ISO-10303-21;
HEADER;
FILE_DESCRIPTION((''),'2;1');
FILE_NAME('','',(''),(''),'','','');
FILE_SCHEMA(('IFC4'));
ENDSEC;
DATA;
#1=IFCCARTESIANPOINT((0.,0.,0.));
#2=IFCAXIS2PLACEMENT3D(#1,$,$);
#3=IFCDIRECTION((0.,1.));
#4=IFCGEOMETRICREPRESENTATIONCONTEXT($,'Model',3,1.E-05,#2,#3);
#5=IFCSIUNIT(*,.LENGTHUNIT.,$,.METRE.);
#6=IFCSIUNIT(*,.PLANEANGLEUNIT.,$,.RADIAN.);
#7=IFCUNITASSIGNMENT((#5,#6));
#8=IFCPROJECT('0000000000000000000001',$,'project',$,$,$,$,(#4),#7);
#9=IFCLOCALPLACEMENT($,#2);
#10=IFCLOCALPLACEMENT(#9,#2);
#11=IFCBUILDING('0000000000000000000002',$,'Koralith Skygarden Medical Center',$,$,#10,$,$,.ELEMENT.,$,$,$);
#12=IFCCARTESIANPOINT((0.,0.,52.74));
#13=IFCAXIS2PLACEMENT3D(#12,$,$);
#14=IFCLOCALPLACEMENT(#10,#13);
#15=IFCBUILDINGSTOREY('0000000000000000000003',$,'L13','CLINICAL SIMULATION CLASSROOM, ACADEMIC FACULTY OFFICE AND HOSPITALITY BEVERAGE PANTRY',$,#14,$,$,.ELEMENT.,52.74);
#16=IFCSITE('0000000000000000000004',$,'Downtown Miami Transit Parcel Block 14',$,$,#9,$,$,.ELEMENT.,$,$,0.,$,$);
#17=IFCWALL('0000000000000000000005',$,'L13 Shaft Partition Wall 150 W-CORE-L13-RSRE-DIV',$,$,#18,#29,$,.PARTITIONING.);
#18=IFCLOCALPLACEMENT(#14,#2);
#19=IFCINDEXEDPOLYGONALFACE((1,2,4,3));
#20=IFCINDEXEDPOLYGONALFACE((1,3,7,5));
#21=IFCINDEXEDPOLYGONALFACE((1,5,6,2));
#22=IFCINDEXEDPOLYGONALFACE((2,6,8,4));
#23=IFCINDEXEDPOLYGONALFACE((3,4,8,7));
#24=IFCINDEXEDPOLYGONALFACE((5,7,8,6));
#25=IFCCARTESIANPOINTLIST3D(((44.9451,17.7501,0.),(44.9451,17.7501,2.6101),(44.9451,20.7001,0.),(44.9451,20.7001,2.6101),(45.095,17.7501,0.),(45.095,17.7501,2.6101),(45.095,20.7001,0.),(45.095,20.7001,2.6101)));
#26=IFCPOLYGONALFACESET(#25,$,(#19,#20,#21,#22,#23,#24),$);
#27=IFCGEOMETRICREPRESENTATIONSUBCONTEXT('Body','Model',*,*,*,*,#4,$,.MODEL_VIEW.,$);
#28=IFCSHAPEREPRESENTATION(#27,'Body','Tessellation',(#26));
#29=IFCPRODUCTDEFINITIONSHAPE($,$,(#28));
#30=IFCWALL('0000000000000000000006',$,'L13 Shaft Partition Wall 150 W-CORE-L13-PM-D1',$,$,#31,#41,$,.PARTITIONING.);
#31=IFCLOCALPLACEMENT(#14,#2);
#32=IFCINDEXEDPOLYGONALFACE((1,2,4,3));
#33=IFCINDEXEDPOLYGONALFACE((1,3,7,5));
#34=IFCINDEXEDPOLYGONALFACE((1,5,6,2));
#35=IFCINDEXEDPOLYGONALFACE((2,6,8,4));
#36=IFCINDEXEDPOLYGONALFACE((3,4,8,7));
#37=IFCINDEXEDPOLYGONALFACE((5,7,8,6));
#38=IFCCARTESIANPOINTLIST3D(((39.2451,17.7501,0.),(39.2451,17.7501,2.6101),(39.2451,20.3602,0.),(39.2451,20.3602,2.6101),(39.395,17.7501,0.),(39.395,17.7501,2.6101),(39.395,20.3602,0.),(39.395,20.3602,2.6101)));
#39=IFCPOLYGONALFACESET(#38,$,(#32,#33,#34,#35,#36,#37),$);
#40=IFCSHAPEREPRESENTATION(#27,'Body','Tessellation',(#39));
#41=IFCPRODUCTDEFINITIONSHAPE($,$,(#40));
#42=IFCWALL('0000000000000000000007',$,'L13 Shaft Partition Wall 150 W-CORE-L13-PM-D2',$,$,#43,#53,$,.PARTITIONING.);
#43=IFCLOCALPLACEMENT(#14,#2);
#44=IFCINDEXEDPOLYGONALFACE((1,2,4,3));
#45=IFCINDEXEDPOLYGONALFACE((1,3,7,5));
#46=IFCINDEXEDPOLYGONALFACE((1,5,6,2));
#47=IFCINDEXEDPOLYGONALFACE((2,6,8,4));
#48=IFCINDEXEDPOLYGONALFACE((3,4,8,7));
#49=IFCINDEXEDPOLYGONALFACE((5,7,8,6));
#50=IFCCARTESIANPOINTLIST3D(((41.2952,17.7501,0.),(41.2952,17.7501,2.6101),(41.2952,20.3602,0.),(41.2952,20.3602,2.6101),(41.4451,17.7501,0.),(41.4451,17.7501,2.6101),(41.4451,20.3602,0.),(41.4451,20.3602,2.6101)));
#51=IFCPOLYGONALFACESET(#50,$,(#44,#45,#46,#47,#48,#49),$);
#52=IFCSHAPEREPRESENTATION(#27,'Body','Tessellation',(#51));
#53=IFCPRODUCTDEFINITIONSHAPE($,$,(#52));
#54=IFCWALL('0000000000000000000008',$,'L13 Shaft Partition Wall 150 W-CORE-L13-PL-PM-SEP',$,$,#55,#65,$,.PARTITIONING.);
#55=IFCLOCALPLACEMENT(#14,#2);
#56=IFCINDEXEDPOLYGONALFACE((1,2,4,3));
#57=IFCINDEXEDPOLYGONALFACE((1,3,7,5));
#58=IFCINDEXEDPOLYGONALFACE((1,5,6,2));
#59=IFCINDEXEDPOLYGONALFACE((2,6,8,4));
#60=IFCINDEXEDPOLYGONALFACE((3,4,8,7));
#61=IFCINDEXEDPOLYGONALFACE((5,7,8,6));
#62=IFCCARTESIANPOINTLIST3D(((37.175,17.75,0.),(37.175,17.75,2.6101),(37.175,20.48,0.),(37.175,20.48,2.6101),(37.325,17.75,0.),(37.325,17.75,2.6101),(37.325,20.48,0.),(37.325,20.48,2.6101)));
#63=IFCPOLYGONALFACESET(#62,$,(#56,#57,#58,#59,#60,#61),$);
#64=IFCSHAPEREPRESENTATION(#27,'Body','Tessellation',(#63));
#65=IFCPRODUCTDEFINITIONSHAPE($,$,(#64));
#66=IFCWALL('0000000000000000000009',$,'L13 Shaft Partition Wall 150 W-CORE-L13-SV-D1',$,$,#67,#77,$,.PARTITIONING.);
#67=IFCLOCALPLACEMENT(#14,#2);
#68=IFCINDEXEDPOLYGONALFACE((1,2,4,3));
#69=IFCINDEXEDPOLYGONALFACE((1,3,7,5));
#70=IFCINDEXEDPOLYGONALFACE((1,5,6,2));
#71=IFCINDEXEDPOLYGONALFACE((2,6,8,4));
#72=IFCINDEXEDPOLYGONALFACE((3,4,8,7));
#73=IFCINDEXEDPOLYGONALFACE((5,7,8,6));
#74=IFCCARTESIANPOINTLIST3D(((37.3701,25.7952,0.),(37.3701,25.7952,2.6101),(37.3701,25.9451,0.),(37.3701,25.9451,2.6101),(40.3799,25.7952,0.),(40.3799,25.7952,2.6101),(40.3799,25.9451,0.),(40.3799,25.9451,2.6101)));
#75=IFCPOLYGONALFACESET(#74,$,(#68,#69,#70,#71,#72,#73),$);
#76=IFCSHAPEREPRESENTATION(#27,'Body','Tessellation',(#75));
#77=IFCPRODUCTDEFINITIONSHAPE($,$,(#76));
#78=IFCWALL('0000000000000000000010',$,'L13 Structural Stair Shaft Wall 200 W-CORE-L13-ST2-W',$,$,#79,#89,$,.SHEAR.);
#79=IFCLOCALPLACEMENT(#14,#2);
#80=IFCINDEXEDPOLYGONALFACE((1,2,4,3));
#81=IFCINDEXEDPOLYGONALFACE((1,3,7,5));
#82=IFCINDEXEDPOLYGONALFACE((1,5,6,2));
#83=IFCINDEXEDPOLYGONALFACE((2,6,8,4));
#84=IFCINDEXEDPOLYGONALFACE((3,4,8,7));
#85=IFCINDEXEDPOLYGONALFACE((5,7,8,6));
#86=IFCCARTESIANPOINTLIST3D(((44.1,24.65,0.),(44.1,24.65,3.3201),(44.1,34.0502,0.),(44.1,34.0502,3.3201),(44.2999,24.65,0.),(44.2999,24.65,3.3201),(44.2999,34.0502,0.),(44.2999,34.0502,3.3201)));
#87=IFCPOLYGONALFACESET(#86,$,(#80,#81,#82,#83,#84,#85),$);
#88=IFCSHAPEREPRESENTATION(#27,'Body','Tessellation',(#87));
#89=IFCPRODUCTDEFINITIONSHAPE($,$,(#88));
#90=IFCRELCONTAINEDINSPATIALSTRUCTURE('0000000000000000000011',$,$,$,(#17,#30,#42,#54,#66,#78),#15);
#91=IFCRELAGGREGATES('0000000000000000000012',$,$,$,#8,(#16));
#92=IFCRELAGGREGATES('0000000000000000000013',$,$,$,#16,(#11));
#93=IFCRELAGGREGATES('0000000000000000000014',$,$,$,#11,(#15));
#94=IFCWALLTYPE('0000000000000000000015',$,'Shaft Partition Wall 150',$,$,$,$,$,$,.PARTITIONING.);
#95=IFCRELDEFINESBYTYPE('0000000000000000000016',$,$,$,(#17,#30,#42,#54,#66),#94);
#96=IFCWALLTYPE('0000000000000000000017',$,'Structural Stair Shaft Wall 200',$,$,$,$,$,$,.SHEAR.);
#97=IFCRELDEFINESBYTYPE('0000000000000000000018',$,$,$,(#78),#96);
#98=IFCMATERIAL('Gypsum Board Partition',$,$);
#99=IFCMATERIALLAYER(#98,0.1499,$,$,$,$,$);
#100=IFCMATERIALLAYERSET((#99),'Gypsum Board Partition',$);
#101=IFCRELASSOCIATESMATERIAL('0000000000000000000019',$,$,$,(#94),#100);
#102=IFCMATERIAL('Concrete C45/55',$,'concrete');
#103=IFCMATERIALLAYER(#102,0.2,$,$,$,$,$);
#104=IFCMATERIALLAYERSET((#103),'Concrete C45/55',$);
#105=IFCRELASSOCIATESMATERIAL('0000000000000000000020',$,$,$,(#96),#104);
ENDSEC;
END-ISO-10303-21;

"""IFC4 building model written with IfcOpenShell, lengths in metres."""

from ifc_helpers import new_model, si_unit, direction, frame, frame_2d, origin, place, context, subcontext, project, spatial, rectangle, extrude, material, layer, layer_set, type_object, element, save


model = new_model("IFC4")

# Units and contexts
model_context = context("Model", 3, precision=1e-05, world=origin(), true_north=direction((0.0, 1.0)))
body_context = subcontext(model_context, "Body", "Model", "MODEL_VIEW")
ifc_project = project(units=[si_unit("LENGTHUNIT", "METRE"), si_unit("PLANEANGLEUNIT", "RADIAN")], contexts=[model_context])

# Site, building, storey
site_placement = place(None, origin())
site = spatial("IfcSite", under=ifc_project, at=site_placement, Name="Downtown Miami Transit Parcel Block 14", CompositionType="ELEMENT", RefElevation=0.0)
building_placement = place(site_placement, origin())
building = spatial("IfcBuilding", under=site, at=building_placement, Name="Koralith Skygarden Medical Center", CompositionType="ELEMENT")
storey_placement = place(building_placement, frame((0.0, 0.0, 52.74)))
storey = spatial("IfcBuildingStorey", under=building, at=storey_placement, Name="L13", Description="CLINICAL SIMULATION CLASSROOM, ACADEMIC FACULTY OFFICE AND HOSPITALITY BEVERAGE PANTRY", CompositionType="ELEMENT", Elevation=52.74)

# Shared definitions
ifc_material_1 = material(Name="Concrete C45/55", Category="concrete")

# Shared definitions
ifc_material_2 = material(Name="Gypsum Board Partition")

# Walls
ifc_layer_1 = layer(ifc_material_2, 0.1499)
ifc_layer_set_1 = layer_set([ifc_layer_1], Name="Gypsum Board Partition")
wall_type_1 = type_object("IfcWallType", Name="Shaft Partition Wall 150", PredefinedType="PARTITIONING", material=ifc_layer_set_1)
wall_1_placement = place(storey_placement, frame((45.02, 17.75, 0.0), z_axis=(0.0, 0.0, 1.0), x_axis=(0.0, 1.0, 0.0)))
element("IfcWall", 1, at=wall_1_placement, inside=storey, type_object=wall_type_1, Name="L13 Shaft Partition Wall 150 W-CORE-L13-RSRE-DIV", PredefinedType="PARTITIONING", context=body_context, shape_type="SweptSolid", body=[
    extrude(rectangle(XDim=2.95, YDim=0.1499, at=frame_2d((1.4751, 0.0))), origin(), (0.0, 0.0, 1.0), 2.6101),
])
for number, where, z_axis, x_axis, name in (
    (2, (39.3201, 17.75, 0.0), (0.0, 0.0, 1.0), (0.0, 1.0, 0.0), "L13 Shaft Partition Wall 150 W-CORE-L13-PM-D1"),
    (3, (41.3701, 17.75, 0.0), (0.0, 0.0, 1.0), (0.0, 1.0, 0.0), "L13 Shaft Partition Wall 150 W-CORE-L13-PM-D2"),
):
    element("IfcWall", number, at=place(storey_placement, frame(where, z_axis=z_axis, x_axis=x_axis)), inside=storey, type_object=wall_type_1, Name=name, PredefinedType="PARTITIONING", context=body_context, shape_type="SweptSolid", body=[
        extrude(rectangle(XDim=2.6101, YDim=0.1499, at=frame_2d((1.3052, 0.0))), origin(), (0.0, 0.0, 1.0), 2.6101),
    ])
wall_2_placement = place(storey_placement, frame((37.25, 17.75, 0.0), z_axis=(0.0, 0.0, 1.0), x_axis=(0.0, 1.0, 0.0)))
element("IfcWall", 4, at=wall_2_placement, inside=storey, type_object=wall_type_1, Name="L13 Shaft Partition Wall 150 W-CORE-L13-PL-PM-SEP", PredefinedType="PARTITIONING", context=body_context, shape_type="SweptSolid", body=[
    extrude(rectangle(XDim=2.73, YDim=0.1499, at=frame_2d((1.365, 0.0))), origin(), (0.0, 0.0, 1.0), 2.6101),
])
wall_3_placement = place(storey_placement, frame((37.3701, 25.8701, 0.0), z_axis=(0.0, 0.0, 1.0), x_axis=(1.0, 0.0, 0.0)))
element("IfcWall", 5, at=wall_3_placement, inside=storey, type_object=wall_type_1, Name="L13 Shaft Partition Wall 150 W-CORE-L13-SV-D1", PredefinedType="PARTITIONING", context=body_context, shape_type="SweptSolid", body=[
    extrude(rectangle(XDim=3.0098, YDim=0.1499, at=frame_2d((1.5049, 0.0))), origin(), (0.0, 0.0, 1.0), 2.6101),
])
ifc_layer_2 = layer(ifc_material_1, 0.2)
ifc_layer_set_2 = layer_set([ifc_layer_2], Name="Concrete C45/55")
wall_type_2 = type_object("IfcWallType", Name="Structural Stair Shaft Wall 200", PredefinedType="SHEAR", material=ifc_layer_set_2)
wall_4_placement = place(storey_placement, frame((44.2, 24.6499, 0.0), z_axis=(0.0, 0.0, 1.0), x_axis=(0.0, 1.0, 0.0)))
element("IfcWall", 6, at=wall_4_placement, inside=storey, type_object=wall_type_2, Name="L13 Structural Stair Shaft Wall 200 W-CORE-L13-ST2-W", PredefinedType="SHEAR", context=body_context, shape_type="SweptSolid", body=[
    extrude(rectangle(XDim=9.4001, YDim=0.2, at=frame_2d((4.7002, 0.0))), origin(), (0.0, 0.0, 1.0), 3.3201),
])

save(model, "model.ifc")
